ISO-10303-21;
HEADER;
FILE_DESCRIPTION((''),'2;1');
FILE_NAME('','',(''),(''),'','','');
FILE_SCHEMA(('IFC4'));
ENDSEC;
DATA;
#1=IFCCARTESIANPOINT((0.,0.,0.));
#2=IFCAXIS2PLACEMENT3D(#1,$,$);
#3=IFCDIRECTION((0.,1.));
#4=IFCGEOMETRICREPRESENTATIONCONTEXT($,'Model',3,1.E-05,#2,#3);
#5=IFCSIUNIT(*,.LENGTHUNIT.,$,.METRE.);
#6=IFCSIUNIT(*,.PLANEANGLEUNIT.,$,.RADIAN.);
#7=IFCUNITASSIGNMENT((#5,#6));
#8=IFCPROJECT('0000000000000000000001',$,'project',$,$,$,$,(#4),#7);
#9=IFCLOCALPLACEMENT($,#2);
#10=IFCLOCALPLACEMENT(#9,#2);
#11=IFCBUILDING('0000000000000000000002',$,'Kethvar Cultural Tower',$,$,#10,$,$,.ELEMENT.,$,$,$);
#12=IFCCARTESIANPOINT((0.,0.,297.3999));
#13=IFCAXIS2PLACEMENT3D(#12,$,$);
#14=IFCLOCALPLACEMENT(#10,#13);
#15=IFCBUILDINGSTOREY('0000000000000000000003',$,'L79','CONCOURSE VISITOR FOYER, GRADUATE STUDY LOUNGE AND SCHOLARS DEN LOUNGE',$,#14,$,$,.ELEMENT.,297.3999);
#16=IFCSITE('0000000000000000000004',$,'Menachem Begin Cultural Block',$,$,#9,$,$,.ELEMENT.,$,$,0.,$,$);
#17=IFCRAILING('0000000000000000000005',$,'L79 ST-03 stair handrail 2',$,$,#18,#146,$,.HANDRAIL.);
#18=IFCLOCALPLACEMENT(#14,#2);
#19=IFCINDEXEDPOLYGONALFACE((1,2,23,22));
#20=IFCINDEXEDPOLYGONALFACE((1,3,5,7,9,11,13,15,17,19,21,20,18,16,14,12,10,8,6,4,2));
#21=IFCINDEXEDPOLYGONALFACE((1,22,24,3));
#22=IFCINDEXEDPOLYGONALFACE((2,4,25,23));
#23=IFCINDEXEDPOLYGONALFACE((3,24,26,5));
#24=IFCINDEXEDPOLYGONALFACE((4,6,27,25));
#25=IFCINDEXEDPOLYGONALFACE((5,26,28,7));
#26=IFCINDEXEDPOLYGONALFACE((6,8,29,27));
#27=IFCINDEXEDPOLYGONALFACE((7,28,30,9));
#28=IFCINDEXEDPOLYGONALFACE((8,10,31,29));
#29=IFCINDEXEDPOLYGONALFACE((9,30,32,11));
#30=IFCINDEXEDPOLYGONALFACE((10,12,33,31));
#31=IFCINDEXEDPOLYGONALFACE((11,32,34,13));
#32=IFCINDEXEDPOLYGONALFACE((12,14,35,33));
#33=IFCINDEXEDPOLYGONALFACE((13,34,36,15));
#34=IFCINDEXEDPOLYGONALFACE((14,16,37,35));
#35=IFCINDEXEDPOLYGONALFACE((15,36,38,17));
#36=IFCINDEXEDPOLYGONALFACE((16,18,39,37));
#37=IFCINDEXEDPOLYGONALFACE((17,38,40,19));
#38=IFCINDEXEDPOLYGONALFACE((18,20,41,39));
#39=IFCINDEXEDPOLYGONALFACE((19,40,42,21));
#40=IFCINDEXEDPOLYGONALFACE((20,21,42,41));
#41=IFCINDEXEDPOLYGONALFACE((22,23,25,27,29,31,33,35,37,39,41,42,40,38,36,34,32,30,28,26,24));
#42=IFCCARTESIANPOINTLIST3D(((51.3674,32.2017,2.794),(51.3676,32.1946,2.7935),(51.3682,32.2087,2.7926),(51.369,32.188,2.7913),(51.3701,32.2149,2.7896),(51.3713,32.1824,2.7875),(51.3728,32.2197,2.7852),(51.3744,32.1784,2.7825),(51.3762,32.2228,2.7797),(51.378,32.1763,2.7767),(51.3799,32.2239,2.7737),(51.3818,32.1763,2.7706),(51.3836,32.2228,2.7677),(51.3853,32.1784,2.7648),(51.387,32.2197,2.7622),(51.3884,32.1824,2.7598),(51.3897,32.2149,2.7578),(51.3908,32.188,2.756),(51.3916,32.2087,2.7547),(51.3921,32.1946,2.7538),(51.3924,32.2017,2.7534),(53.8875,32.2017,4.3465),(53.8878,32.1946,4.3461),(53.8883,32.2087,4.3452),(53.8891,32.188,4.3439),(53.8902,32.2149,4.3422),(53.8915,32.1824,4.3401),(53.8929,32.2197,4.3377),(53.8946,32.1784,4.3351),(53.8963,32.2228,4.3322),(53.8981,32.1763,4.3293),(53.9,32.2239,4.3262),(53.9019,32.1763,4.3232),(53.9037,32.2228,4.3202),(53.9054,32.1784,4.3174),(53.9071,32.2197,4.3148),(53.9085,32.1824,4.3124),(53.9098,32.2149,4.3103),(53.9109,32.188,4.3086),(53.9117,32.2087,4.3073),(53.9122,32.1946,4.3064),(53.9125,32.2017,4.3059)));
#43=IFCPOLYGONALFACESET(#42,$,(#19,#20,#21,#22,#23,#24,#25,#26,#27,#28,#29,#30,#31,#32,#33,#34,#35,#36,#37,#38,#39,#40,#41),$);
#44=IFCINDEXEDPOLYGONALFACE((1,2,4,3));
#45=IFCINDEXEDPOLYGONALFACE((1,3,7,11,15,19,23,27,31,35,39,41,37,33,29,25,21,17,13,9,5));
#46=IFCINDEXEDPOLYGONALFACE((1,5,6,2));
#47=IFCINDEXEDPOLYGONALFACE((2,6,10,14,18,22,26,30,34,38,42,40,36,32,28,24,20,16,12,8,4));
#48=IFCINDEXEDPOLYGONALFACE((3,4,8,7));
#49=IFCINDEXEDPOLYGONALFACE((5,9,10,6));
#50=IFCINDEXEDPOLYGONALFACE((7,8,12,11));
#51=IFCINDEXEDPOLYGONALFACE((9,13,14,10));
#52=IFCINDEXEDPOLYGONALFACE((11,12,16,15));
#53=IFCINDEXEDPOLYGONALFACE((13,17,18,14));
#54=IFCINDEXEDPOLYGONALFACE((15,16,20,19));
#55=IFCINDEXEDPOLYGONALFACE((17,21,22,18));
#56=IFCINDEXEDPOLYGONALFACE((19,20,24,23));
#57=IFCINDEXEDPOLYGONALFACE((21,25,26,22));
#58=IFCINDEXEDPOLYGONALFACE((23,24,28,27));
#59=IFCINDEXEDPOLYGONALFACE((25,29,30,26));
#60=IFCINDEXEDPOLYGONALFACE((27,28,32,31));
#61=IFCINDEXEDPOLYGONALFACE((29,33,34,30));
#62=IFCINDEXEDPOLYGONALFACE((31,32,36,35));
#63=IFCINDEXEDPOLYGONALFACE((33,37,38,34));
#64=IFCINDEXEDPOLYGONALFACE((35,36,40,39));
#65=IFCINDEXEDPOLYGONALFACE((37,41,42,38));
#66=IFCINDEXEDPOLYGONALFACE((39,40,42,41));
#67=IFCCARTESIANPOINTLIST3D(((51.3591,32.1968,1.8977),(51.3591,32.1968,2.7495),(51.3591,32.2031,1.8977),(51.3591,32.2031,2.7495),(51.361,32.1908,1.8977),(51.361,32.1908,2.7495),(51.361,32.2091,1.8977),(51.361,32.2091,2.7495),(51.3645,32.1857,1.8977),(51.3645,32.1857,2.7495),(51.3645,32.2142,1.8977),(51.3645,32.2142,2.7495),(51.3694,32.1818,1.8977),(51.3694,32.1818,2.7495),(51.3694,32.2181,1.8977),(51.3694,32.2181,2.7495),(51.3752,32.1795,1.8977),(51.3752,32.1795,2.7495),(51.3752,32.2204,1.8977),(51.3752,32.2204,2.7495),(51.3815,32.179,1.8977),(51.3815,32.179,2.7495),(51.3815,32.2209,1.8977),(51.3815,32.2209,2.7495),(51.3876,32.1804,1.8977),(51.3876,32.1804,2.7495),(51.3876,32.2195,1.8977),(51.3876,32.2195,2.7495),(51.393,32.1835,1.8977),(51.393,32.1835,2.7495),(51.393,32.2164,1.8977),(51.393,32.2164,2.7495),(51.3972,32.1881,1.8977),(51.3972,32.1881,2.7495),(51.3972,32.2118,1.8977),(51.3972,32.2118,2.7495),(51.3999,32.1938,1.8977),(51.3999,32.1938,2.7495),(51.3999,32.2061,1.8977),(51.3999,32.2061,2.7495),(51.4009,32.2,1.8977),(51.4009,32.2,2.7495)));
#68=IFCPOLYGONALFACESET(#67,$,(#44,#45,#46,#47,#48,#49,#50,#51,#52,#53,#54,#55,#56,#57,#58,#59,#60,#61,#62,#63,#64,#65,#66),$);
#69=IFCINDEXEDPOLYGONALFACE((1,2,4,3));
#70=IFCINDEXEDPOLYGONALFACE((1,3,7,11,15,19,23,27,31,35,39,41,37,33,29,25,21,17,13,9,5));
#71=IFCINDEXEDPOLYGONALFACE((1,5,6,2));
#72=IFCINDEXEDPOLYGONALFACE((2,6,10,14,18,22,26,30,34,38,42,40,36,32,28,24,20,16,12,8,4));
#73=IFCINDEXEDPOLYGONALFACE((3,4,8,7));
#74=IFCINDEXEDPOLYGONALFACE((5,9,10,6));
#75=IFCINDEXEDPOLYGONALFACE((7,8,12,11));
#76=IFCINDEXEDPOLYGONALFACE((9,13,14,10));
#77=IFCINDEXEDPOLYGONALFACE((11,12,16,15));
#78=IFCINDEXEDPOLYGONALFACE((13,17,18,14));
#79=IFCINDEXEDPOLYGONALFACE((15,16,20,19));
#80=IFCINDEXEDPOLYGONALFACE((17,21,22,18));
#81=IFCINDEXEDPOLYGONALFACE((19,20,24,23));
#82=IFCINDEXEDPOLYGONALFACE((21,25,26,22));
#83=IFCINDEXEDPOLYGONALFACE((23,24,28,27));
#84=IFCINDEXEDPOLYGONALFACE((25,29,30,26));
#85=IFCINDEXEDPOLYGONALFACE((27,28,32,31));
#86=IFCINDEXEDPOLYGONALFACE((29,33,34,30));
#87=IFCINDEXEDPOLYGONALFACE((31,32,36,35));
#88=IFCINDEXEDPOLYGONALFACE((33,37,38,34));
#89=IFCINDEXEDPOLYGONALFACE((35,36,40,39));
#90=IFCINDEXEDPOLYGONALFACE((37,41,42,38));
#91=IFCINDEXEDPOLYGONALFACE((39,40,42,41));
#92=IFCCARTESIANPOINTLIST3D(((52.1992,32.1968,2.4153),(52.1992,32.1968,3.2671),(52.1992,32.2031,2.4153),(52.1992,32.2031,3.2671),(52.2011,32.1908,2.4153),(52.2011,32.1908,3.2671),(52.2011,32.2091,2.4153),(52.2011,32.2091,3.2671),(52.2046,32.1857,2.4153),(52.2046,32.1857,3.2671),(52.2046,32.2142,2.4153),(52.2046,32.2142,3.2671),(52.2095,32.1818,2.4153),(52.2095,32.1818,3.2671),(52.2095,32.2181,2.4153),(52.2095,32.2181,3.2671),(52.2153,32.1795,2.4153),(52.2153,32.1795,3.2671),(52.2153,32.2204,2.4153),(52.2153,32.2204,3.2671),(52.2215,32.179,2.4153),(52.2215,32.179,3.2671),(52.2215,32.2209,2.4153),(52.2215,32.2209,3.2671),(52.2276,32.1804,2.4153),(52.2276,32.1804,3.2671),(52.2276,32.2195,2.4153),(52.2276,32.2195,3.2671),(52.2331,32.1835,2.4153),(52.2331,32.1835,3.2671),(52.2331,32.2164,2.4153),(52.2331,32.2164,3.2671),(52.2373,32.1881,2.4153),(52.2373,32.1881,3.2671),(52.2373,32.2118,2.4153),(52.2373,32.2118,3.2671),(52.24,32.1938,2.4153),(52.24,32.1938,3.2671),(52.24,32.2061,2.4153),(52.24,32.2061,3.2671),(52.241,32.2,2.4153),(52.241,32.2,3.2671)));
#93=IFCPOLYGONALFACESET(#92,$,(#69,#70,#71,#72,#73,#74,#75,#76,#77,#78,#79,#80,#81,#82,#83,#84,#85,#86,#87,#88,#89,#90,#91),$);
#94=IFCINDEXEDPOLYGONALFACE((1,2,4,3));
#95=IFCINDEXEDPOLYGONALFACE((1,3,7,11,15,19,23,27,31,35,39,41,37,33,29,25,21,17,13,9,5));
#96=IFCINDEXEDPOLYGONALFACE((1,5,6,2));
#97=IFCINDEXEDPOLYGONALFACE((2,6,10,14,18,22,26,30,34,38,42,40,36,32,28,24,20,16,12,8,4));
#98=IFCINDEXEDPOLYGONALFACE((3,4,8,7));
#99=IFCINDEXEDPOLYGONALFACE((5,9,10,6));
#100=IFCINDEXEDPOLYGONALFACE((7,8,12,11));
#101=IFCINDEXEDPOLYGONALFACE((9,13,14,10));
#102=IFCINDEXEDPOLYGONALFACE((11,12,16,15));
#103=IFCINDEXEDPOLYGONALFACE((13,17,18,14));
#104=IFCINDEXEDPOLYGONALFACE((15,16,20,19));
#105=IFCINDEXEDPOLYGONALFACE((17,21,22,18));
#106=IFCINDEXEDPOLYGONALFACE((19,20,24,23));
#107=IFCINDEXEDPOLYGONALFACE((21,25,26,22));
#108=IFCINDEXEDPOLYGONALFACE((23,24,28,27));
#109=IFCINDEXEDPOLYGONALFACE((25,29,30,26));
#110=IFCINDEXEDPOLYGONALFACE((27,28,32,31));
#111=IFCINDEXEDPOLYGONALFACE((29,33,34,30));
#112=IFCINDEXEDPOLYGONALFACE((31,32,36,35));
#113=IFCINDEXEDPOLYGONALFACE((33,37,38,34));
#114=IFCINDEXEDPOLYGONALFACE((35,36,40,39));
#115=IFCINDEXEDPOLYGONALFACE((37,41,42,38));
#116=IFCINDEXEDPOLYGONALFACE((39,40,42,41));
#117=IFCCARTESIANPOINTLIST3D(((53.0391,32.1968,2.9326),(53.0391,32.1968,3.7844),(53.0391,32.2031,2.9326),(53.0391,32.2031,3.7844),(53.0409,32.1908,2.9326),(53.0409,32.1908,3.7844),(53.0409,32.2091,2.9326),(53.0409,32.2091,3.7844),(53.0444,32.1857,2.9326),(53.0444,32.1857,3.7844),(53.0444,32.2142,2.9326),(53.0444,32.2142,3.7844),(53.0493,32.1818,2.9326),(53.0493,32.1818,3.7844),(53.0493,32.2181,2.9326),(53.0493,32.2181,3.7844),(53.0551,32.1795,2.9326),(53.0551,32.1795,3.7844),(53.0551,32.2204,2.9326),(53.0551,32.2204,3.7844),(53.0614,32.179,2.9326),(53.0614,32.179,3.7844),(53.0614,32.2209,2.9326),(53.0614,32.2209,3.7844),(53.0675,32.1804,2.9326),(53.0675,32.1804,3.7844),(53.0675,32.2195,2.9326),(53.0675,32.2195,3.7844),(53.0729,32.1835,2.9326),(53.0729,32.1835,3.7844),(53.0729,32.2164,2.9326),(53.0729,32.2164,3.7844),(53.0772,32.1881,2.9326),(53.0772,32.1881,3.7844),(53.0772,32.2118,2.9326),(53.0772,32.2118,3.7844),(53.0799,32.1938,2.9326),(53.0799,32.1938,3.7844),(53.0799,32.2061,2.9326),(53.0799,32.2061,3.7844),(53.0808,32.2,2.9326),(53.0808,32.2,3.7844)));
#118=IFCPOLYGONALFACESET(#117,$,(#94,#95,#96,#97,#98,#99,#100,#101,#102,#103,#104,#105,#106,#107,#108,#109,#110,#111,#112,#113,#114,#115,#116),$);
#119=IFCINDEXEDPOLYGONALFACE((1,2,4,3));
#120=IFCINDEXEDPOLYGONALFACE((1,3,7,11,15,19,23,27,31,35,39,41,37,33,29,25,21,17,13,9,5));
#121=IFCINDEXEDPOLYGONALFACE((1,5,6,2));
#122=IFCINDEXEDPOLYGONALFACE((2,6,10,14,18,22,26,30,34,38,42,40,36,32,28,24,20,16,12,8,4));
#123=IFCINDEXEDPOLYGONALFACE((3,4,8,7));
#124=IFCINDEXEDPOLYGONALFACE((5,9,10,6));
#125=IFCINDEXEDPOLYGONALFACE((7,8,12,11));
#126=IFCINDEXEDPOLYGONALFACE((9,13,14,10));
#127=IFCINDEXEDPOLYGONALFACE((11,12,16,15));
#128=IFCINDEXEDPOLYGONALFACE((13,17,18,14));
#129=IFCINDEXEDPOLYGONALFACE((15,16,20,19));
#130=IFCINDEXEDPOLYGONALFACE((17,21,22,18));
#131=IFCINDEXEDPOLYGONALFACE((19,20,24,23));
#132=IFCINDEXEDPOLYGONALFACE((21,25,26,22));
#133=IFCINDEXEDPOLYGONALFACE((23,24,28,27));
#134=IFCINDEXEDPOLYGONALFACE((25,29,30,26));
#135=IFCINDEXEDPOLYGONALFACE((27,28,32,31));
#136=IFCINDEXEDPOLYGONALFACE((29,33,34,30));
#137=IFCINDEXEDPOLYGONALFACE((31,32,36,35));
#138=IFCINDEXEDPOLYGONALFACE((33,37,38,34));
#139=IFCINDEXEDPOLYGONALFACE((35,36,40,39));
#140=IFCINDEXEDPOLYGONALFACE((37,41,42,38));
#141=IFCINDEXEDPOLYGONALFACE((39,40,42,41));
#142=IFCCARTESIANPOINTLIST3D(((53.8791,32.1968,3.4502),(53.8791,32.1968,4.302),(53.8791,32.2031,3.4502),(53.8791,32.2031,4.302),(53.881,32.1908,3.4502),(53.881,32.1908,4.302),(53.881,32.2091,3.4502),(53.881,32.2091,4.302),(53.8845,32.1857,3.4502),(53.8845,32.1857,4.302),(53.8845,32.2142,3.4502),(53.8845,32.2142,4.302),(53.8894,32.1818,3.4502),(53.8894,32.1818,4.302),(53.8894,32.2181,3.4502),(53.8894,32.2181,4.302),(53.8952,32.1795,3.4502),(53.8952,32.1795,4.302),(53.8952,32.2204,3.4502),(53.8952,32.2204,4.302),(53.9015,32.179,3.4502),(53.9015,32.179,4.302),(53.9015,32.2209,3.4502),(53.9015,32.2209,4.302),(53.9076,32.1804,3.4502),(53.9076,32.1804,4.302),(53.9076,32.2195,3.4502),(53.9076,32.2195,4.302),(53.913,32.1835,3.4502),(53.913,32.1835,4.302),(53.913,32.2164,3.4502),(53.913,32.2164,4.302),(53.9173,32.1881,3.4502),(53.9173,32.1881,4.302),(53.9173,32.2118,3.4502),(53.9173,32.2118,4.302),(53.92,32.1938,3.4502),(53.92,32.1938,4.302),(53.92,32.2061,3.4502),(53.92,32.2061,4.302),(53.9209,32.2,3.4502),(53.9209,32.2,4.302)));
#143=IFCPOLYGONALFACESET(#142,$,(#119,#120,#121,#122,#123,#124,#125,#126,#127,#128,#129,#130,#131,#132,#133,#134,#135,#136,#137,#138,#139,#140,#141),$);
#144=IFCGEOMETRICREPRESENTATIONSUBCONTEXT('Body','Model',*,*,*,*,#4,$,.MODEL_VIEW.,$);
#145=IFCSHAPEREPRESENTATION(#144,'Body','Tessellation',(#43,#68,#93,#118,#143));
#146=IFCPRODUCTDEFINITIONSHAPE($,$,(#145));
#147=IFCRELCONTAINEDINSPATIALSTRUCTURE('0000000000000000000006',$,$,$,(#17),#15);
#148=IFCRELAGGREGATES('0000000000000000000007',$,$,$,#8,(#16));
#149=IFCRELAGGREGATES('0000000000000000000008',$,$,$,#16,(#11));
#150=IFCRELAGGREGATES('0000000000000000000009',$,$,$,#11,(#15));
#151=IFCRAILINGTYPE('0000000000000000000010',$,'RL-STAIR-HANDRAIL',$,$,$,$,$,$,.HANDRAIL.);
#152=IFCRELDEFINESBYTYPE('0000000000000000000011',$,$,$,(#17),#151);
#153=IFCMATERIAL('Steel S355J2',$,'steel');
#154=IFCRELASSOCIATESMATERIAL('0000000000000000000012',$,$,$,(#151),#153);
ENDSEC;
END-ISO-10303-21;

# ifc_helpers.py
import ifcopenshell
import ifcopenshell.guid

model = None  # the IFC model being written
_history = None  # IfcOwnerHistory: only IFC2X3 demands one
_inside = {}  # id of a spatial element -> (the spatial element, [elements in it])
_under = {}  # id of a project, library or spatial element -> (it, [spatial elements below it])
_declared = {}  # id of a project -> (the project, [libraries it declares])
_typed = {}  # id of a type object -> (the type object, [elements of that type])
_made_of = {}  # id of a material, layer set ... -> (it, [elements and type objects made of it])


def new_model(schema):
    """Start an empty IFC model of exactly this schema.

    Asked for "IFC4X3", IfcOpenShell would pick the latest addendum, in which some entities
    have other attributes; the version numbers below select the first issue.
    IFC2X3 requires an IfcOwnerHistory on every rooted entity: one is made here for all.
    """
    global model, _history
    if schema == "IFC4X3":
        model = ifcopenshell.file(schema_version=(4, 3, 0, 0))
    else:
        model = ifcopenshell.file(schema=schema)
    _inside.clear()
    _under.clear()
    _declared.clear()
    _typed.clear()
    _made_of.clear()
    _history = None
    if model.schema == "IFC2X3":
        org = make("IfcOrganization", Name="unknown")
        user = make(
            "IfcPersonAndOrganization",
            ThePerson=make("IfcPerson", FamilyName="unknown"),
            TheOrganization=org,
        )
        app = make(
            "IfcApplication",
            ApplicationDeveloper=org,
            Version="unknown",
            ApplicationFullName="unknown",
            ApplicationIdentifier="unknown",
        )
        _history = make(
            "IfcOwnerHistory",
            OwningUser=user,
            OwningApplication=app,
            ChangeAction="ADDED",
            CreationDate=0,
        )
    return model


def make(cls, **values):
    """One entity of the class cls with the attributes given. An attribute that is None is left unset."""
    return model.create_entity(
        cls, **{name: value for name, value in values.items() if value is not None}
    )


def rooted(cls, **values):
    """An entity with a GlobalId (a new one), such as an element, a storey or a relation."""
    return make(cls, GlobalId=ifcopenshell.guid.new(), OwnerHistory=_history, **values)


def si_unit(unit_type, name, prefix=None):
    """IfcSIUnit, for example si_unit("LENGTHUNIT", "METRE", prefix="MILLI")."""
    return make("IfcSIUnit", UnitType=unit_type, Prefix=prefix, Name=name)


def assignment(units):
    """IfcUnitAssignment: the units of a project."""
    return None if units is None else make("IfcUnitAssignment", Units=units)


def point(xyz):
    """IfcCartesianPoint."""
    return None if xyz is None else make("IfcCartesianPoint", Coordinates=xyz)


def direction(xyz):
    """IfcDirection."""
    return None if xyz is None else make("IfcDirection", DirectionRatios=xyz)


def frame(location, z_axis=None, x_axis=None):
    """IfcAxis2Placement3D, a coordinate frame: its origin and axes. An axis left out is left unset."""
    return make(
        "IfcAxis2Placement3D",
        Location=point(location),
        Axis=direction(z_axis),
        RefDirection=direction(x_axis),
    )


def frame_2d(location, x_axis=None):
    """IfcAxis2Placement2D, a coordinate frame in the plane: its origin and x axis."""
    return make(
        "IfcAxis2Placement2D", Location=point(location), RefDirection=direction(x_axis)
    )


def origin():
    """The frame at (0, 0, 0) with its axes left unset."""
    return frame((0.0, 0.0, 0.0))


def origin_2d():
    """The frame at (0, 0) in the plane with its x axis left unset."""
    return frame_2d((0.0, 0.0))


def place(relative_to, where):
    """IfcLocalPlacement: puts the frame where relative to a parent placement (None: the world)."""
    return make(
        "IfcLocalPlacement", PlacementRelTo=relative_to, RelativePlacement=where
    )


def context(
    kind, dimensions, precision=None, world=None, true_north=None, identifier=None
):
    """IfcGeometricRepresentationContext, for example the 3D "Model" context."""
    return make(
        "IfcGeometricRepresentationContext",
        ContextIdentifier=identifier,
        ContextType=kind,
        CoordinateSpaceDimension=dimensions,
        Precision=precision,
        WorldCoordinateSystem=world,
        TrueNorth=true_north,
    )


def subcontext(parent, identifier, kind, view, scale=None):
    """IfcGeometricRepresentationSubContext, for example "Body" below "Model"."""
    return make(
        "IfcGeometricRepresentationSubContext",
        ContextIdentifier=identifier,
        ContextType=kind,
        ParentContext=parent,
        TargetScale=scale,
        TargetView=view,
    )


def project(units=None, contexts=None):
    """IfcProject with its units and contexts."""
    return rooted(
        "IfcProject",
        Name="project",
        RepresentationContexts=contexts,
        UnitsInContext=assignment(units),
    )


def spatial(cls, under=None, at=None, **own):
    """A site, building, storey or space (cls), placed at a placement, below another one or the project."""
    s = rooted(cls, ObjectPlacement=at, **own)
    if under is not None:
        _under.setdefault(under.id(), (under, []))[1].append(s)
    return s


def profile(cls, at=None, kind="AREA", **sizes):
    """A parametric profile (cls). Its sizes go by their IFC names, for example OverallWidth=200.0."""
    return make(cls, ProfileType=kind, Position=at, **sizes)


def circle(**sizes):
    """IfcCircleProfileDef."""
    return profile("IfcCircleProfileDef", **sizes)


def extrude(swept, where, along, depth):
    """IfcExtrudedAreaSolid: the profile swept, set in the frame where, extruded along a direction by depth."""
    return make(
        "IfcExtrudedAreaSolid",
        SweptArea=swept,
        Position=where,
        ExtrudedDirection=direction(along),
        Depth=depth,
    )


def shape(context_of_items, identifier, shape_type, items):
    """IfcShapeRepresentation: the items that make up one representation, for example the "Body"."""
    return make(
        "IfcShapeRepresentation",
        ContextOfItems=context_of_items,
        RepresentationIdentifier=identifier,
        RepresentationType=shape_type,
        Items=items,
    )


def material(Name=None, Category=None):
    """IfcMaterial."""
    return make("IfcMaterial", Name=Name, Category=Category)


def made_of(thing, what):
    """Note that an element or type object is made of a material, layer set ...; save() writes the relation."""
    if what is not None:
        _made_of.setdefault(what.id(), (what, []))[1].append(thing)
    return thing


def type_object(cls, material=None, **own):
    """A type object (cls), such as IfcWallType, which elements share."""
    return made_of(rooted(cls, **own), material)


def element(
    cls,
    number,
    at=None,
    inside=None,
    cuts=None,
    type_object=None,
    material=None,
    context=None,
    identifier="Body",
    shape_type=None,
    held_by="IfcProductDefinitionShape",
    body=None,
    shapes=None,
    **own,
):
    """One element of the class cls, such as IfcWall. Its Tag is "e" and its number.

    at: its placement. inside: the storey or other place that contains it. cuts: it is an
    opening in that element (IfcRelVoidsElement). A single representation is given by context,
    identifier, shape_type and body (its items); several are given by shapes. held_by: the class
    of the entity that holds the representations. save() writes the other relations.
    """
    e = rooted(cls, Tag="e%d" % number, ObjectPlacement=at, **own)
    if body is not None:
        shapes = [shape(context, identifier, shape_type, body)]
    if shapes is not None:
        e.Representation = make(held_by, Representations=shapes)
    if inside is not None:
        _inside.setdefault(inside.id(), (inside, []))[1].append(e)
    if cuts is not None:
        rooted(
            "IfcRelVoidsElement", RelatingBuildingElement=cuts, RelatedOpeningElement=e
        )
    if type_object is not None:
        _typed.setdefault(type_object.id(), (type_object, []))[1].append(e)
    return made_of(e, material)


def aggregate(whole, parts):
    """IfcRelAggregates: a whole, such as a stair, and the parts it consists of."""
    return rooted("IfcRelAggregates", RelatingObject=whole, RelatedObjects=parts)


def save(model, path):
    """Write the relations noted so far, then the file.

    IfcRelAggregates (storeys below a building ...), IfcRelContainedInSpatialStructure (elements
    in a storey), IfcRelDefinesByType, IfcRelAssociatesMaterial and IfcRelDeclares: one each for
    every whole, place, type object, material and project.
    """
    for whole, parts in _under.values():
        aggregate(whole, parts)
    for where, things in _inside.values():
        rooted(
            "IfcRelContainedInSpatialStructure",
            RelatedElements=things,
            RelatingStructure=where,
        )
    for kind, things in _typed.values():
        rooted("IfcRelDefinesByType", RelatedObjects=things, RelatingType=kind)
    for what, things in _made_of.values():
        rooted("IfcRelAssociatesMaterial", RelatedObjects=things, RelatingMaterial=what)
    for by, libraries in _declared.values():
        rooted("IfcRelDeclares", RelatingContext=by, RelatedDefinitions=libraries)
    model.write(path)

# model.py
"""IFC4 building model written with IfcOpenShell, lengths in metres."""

from ifc_helpers import new_model, si_unit, direction, frame, origin, origin_2d, place, context, subcontext, project, spatial, circle, extrude, material, type_object, element, save


model = new_model("IFC4")

# Units and contexts
model_context = context("Model", 3, precision=1e-05, world=origin(), true_north=direction((0.0, 1.0)))
body_context = subcontext(model_context, "Body", "Model", "MODEL_VIEW")
ifc_project = project(units=[si_unit("LENGTHUNIT", "METRE"), si_unit("PLANEANGLEUNIT", "RADIAN")], contexts=[model_context])

# Site, building, storey
site_placement = place(None, origin())
site = spatial("IfcSite", under=ifc_project, at=site_placement, Name="Menachem Begin Cultural Block", CompositionType="ELEMENT", RefElevation=0.0)
building_placement = place(site_placement, origin())
building = spatial("IfcBuilding", under=site, at=building_placement, Name="Kethvar Cultural Tower", CompositionType="ELEMENT")
storey_placement = place(building_placement, frame((0.0, 0.0, 297.3999)))
storey = spatial("IfcBuildingStorey", under=building, at=storey_placement, Name="L79", Description="CONCOURSE VISITOR FOYER, GRADUATE STUDY LOUNGE AND SCHOLARS DEN LOUNGE", CompositionType="ELEMENT", Elevation=297.3999)

# Shared definitions
ifc_material_1 = material(Name="Steel S355J2", Category="steel")

# Railing
railing_type_1 = type_object("IfcRailingType", Name="RL-STAIR-HANDRAIL", PredefinedType="HANDRAIL", material=ifc_material_1)
railing_1_placement = place(storey_placement, frame((51.3799, 32.2, 1.8977)))
element("IfcRailing", 1, at=railing_1_placement, inside=storey, type_object=railing_type_1, Name="L79 ST-03 stair handrail 2", PredefinedType="HANDRAIL", context=body_context, shape_type="SweptSolid", body=[
    extrude(circle(Radius=0.0239, at=origin_2d()), frame((0.0, 0.0, 0.876), z_axis=(0.8514, 0.0, 0.524516), x_axis=(0.0, 1.0, 0.0)), (0.0, 0.0, 1.0), 2.96),
    extrude(circle(Radius=0.021, at=origin_2d()), origin(), (0.0, 0.0, 1.0), 0.8518),
    extrude(circle(Radius=0.021, at=origin_2d()), frame((0.8401, 0.0, 0.5176)), (0.0, 0.0, 1.0), 0.8518),
    extrude(circle(Radius=0.021, at=origin_2d()), frame((1.6799, 0.0, 1.0349)), (0.0, 0.0, 1.0), 0.8518),
    extrude(circle(Radius=0.021, at=origin_2d()), frame((2.52, 0.0, 1.5525)), (0.0, 0.0, 1.0), 0.8518),
])

save(model, "model.ifc")
